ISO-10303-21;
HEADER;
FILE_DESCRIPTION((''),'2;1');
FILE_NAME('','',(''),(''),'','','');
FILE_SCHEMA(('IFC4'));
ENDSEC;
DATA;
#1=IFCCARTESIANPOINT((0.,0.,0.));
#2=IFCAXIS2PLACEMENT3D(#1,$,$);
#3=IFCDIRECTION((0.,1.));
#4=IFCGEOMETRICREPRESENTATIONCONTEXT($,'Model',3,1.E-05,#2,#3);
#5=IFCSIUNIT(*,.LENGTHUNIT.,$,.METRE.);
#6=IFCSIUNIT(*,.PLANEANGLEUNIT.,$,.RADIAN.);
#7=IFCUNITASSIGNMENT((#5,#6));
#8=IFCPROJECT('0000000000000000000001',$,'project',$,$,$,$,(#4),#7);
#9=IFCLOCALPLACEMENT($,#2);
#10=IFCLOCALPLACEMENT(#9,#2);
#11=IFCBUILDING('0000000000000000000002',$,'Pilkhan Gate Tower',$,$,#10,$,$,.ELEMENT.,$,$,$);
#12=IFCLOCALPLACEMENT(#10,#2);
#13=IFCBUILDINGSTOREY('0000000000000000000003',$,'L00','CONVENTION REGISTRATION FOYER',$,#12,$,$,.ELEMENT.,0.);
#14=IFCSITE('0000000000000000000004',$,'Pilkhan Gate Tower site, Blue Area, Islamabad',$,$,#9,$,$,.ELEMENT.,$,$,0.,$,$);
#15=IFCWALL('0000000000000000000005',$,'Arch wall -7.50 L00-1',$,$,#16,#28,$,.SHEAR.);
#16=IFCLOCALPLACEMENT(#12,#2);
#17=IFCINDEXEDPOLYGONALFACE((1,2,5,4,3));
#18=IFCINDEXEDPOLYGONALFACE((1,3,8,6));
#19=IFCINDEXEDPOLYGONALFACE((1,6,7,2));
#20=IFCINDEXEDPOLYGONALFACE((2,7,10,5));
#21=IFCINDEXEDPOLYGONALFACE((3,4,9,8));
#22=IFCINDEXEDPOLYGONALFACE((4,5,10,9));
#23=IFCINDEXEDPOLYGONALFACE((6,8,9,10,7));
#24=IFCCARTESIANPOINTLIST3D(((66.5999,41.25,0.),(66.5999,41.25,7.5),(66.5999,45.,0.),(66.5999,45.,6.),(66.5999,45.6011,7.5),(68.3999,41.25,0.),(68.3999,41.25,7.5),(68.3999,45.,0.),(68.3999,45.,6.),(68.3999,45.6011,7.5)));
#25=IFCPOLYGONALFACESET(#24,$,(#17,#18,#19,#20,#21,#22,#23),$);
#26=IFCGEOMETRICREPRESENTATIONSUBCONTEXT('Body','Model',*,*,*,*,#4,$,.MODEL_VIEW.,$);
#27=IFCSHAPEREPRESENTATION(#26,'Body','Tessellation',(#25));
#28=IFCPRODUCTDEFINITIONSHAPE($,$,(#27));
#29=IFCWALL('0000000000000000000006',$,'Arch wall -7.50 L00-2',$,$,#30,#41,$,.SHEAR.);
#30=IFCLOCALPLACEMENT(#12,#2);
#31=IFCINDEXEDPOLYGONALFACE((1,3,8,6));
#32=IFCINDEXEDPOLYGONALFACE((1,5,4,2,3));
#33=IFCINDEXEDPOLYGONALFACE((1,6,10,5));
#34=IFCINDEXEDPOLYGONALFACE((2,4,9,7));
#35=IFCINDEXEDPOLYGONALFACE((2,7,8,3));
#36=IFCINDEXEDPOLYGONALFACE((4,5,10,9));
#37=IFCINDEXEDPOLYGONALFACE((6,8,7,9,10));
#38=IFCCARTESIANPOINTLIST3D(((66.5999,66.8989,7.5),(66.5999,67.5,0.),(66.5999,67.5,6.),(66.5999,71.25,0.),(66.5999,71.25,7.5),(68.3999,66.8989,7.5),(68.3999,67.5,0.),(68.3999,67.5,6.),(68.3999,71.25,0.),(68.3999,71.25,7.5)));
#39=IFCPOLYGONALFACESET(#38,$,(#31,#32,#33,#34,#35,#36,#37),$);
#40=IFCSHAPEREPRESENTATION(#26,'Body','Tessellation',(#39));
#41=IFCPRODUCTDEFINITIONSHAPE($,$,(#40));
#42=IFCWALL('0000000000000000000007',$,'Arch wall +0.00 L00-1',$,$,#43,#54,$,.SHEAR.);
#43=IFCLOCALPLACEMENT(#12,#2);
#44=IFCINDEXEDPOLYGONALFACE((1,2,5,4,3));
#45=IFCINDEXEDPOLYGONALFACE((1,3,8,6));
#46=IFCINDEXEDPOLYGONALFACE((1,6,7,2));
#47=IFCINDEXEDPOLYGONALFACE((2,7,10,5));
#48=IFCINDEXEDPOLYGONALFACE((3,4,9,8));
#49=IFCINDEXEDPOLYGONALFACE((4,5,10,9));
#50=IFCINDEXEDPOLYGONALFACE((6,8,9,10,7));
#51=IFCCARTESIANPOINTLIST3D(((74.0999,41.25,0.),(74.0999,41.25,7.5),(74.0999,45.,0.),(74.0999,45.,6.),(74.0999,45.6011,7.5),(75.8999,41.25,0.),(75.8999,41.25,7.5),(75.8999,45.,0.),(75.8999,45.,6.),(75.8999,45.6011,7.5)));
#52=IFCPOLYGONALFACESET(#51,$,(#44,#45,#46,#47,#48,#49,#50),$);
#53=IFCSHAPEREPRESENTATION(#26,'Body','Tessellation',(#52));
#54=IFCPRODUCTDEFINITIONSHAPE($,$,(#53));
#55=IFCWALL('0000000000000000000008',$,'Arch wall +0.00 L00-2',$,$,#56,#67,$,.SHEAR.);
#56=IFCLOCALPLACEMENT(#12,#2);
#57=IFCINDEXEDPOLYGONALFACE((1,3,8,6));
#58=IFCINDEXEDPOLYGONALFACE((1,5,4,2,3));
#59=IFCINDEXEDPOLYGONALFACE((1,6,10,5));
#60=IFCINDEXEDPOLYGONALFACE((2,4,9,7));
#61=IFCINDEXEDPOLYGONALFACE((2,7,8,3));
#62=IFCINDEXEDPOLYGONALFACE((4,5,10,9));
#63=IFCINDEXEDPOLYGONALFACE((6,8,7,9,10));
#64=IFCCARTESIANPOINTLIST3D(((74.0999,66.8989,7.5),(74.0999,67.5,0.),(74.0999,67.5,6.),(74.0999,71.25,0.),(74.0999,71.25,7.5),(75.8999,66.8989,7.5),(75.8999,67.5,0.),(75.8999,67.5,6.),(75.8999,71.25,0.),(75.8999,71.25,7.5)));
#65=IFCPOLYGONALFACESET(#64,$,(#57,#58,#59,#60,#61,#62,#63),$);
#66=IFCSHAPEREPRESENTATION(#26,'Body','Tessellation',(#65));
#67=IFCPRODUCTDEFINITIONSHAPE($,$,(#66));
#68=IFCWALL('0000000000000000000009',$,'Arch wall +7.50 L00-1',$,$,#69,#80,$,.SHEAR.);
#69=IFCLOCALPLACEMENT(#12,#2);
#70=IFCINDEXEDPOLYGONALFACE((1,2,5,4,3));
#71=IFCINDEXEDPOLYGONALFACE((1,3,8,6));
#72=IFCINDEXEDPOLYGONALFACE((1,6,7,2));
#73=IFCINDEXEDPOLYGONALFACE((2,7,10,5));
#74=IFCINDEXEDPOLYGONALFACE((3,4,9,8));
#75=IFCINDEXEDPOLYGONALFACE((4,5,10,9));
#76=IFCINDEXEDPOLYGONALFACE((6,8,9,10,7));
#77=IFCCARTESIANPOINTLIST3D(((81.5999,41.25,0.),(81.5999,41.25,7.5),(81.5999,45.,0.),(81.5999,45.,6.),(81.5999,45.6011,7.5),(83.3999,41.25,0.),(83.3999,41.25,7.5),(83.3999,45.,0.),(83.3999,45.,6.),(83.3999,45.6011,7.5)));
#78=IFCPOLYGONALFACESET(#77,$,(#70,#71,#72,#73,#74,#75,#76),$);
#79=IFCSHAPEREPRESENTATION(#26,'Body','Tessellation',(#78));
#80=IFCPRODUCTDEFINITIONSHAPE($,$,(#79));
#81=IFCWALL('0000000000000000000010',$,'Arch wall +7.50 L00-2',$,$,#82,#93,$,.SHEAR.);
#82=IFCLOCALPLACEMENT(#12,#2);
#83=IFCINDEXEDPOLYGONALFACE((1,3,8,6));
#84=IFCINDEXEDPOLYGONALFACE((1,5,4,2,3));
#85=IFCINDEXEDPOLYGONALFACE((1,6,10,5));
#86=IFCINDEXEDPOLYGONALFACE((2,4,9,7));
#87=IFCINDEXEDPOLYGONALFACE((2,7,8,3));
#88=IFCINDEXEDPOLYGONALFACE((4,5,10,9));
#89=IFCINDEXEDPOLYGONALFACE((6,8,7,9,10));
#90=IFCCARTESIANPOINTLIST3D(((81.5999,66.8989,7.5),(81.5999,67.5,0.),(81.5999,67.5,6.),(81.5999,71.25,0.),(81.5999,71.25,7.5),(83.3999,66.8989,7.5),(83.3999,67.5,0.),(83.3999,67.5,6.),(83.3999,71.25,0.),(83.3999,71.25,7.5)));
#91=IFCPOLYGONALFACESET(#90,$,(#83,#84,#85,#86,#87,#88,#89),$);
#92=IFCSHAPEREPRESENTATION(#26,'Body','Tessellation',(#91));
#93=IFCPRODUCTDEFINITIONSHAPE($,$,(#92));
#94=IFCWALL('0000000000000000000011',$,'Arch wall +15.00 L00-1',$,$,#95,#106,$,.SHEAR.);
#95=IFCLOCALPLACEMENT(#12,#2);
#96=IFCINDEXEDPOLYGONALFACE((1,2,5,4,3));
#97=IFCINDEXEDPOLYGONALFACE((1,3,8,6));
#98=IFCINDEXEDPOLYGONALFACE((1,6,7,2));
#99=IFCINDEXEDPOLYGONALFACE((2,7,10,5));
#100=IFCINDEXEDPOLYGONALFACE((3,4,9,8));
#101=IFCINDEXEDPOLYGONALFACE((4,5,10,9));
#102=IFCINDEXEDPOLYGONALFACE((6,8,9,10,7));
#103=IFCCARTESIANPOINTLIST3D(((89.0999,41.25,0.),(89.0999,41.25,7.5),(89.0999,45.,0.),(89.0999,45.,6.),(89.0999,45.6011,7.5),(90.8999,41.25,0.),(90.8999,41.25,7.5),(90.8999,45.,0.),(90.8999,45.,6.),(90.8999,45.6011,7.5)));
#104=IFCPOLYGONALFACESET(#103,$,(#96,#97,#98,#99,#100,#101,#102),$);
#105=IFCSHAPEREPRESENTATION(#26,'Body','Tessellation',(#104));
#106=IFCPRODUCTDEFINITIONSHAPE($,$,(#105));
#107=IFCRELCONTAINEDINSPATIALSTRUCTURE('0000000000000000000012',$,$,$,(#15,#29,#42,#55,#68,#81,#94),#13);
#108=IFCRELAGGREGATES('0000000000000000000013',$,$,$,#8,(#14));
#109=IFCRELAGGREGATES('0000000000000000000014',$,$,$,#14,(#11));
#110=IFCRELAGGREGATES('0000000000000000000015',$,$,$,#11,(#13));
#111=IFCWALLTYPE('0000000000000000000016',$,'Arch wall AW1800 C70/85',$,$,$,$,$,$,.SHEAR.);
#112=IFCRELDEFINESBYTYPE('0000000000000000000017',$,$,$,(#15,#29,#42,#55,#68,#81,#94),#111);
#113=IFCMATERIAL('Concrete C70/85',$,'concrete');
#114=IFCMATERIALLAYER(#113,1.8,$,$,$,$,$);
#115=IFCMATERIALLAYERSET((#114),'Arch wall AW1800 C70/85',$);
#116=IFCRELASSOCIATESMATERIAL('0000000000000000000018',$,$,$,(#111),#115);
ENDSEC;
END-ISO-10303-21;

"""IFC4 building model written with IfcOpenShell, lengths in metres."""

from ifc_helpers import new_model, si_unit, direction, frame, origin, place, context, subcontext, project, spatial, polyline, outline, extrude, material, layer, layer_set, type_object, element, save


model = new_model("IFC4")

# Units and contexts
model_context = context("Model", 3, precision=1e-05, world=origin(), true_north=direction((0.0, 1.0)))
body_context = subcontext(model_context, "Body", "Model", "MODEL_VIEW")
ifc_project = project(units=[si_unit("LENGTHUNIT", "METRE"), si_unit("PLANEANGLEUNIT", "RADIAN")], contexts=[model_context])

# Site, building, storey
site_placement = place(None, origin())
site = spatial("IfcSite", under=ifc_project, at=site_placement, Name="Pilkhan Gate Tower site, Blue Area, Islamabad", CompositionType="ELEMENT", RefElevation=0.0)
building_placement = place(site_placement, origin())
building = spatial("IfcBuilding", under=site, at=building_placement, Name="Pilkhan Gate Tower", CompositionType="ELEMENT")
storey_placement = place(building_placement, origin())
storey = spatial("IfcBuildingStorey", under=building, at=storey_placement, Name="L00", Description="CONVENTION REGISTRATION FOYER", CompositionType="ELEMENT", Elevation=0.0)

# Walls
ifc_material_1 = material(Name="Concrete C70/85", Category="concrete")
ifc_layer_1 = layer(ifc_material_1, 1.8)
ifc_layer_set_1 = layer_set([ifc_layer_1], Name="Arch wall AW1800 C70/85")
wall_type_1 = type_object("IfcWallType", Name="Arch wall AW1800 C70/85", PredefinedType="SHEAR", material=ifc_layer_set_1)
wall_1_placement = place(storey_placement, frame((68.3999, 45.6011, 7.5), z_axis=(1.0, 0.0, 0.0), x_axis=(0.0, -1.0, 0.0)))
element("IfcWall", 1, at=wall_1_placement, inside=storey, type_object=wall_type_1, Name="Arch wall -7.50 L00-1", PredefinedType="SHEAR", context=body_context, shape_type="SweptSolid", body=[
    extrude(outline(polyline([(0.0, 0.0), (4.3511, 0.0), (4.3511, 7.5), (0.6011, 7.5), (0.6011, 1.5), (0.0, 0.0)])), origin(), (0.0, 0.0, -1.0), 1.8),
])
wall_2_placement = place(storey_placement, frame((68.3999, 71.25, 7.5), z_axis=(1.0, 0.0, 0.0), x_axis=(0.0, -1.0, 0.0)))
element("IfcWall", 2, at=wall_2_placement, inside=storey, type_object=wall_type_1, Name="Arch wall -7.50 L00-2", PredefinedType="SHEAR", context=body_context, shape_type="SweptSolid", body=[
    extrude(outline(polyline([(0.0, 0.0), (4.3511, 0.0), (3.75, 1.5), (3.75, 7.5), (0.0, 7.5), (0.0, 0.0)])), origin(), (0.0, 0.0, -1.0), 1.8),
])
wall_3_placement = place(storey_placement, frame((75.8999, 45.6011, 7.5), z_axis=(1.0, 0.0, 0.0), x_axis=(0.0, -1.0, 0.0)))
element("IfcWall", 3, at=wall_3_placement, inside=storey, type_object=wall_type_1, Name="Arch wall +0.00 L00-1", PredefinedType="SHEAR", context=body_context, shape_type="SweptSolid", body=[
    extrude(outline(polyline([(0.0, 0.0), (4.3511, 0.0), (4.3511, 7.5), (0.6011, 7.5), (0.6011, 1.5), (0.0, 0.0)])), origin(), (0.0, 0.0, -1.0), 1.8),
])
wall_4_placement = place(storey_placement, frame((75.8999, 71.25, 7.5), z_axis=(1.0, 0.0, 0.0), x_axis=(0.0, -1.0, 0.0)))
element("IfcWall", 4, at=wall_4_placement, inside=storey, type_object=wall_type_1, Name="Arch wall +0.00 L00-2", PredefinedType="SHEAR", context=body_context, shape_type="SweptSolid", body=[
    extrude(outline(polyline([(0.0, 0.0), (4.3511, 0.0), (3.75, 1.5), (3.75, 7.5), (0.0, 7.5), (0.0, 0.0)])), origin(), (0.0, 0.0, -1.0), 1.8),
])
wall_5_placement = place(storey_placement, frame((83.3999, 45.6011, 7.5), z_axis=(1.0, 0.0, 0.0), x_axis=(0.0, -1.0, 0.0)))
element("IfcWall", 5, at=wall_5_placement, inside=storey, type_object=wall_type_1, Name="Arch wall +7.50 L00-1", PredefinedType="SHEAR", context=body_context, shape_type="SweptSolid", body=[
    extrude(outline(polyline([(0.0, 0.0), (4.3511, 0.0), (4.3511, 7.5), (0.6011, 7.5), (0.6011, 1.5), (0.0, 0.0)])), origin(), (0.0, 0.0, -1.0), 1.8),
])
wall_6_placement = place(storey_placement, frame((83.3999, 71.25, 7.5), z_axis=(1.0, 0.0, 0.0), x_axis=(0.0, -1.0, 0.0)))
element("IfcWall", 6, at=wall_6_placement, inside=storey, type_object=wall_type_1, Name="Arch wall +7.50 L00-2", PredefinedType="SHEAR", context=body_context, shape_type="SweptSolid", body=[
    extrude(outline(polyline([(0.0, 0.0), (4.3511, 0.0), (3.75, 1.5), (3.75, 7.5), (0.0, 7.5), (0.0, 0.0)])), origin(), (0.0, 0.0, -1.0), 1.8),
])
wall_7_placement = place(storey_placement, frame((90.8999, 45.6011, 7.5), z_axis=(1.0, 0.0, 0.0), x_axis=(0.0, -1.0, 0.0)))
element("IfcWall", 7, at=wall_7_placement, inside=storey, type_object=wall_type_1, Name="Arch wall +15.00 L00-1", PredefinedType="SHEAR", context=body_context, shape_type="SweptSolid", body=[
    extrude(outline(polyline([(0.0, 0.0), (4.3511, 0.0), (4.3511, 7.5), (0.6011, 7.5), (0.6011, 1.5), (0.0, 0.0)])), origin(), (0.0, 0.0, -1.0), 1.8),
])

save(model, "model.ifc")
